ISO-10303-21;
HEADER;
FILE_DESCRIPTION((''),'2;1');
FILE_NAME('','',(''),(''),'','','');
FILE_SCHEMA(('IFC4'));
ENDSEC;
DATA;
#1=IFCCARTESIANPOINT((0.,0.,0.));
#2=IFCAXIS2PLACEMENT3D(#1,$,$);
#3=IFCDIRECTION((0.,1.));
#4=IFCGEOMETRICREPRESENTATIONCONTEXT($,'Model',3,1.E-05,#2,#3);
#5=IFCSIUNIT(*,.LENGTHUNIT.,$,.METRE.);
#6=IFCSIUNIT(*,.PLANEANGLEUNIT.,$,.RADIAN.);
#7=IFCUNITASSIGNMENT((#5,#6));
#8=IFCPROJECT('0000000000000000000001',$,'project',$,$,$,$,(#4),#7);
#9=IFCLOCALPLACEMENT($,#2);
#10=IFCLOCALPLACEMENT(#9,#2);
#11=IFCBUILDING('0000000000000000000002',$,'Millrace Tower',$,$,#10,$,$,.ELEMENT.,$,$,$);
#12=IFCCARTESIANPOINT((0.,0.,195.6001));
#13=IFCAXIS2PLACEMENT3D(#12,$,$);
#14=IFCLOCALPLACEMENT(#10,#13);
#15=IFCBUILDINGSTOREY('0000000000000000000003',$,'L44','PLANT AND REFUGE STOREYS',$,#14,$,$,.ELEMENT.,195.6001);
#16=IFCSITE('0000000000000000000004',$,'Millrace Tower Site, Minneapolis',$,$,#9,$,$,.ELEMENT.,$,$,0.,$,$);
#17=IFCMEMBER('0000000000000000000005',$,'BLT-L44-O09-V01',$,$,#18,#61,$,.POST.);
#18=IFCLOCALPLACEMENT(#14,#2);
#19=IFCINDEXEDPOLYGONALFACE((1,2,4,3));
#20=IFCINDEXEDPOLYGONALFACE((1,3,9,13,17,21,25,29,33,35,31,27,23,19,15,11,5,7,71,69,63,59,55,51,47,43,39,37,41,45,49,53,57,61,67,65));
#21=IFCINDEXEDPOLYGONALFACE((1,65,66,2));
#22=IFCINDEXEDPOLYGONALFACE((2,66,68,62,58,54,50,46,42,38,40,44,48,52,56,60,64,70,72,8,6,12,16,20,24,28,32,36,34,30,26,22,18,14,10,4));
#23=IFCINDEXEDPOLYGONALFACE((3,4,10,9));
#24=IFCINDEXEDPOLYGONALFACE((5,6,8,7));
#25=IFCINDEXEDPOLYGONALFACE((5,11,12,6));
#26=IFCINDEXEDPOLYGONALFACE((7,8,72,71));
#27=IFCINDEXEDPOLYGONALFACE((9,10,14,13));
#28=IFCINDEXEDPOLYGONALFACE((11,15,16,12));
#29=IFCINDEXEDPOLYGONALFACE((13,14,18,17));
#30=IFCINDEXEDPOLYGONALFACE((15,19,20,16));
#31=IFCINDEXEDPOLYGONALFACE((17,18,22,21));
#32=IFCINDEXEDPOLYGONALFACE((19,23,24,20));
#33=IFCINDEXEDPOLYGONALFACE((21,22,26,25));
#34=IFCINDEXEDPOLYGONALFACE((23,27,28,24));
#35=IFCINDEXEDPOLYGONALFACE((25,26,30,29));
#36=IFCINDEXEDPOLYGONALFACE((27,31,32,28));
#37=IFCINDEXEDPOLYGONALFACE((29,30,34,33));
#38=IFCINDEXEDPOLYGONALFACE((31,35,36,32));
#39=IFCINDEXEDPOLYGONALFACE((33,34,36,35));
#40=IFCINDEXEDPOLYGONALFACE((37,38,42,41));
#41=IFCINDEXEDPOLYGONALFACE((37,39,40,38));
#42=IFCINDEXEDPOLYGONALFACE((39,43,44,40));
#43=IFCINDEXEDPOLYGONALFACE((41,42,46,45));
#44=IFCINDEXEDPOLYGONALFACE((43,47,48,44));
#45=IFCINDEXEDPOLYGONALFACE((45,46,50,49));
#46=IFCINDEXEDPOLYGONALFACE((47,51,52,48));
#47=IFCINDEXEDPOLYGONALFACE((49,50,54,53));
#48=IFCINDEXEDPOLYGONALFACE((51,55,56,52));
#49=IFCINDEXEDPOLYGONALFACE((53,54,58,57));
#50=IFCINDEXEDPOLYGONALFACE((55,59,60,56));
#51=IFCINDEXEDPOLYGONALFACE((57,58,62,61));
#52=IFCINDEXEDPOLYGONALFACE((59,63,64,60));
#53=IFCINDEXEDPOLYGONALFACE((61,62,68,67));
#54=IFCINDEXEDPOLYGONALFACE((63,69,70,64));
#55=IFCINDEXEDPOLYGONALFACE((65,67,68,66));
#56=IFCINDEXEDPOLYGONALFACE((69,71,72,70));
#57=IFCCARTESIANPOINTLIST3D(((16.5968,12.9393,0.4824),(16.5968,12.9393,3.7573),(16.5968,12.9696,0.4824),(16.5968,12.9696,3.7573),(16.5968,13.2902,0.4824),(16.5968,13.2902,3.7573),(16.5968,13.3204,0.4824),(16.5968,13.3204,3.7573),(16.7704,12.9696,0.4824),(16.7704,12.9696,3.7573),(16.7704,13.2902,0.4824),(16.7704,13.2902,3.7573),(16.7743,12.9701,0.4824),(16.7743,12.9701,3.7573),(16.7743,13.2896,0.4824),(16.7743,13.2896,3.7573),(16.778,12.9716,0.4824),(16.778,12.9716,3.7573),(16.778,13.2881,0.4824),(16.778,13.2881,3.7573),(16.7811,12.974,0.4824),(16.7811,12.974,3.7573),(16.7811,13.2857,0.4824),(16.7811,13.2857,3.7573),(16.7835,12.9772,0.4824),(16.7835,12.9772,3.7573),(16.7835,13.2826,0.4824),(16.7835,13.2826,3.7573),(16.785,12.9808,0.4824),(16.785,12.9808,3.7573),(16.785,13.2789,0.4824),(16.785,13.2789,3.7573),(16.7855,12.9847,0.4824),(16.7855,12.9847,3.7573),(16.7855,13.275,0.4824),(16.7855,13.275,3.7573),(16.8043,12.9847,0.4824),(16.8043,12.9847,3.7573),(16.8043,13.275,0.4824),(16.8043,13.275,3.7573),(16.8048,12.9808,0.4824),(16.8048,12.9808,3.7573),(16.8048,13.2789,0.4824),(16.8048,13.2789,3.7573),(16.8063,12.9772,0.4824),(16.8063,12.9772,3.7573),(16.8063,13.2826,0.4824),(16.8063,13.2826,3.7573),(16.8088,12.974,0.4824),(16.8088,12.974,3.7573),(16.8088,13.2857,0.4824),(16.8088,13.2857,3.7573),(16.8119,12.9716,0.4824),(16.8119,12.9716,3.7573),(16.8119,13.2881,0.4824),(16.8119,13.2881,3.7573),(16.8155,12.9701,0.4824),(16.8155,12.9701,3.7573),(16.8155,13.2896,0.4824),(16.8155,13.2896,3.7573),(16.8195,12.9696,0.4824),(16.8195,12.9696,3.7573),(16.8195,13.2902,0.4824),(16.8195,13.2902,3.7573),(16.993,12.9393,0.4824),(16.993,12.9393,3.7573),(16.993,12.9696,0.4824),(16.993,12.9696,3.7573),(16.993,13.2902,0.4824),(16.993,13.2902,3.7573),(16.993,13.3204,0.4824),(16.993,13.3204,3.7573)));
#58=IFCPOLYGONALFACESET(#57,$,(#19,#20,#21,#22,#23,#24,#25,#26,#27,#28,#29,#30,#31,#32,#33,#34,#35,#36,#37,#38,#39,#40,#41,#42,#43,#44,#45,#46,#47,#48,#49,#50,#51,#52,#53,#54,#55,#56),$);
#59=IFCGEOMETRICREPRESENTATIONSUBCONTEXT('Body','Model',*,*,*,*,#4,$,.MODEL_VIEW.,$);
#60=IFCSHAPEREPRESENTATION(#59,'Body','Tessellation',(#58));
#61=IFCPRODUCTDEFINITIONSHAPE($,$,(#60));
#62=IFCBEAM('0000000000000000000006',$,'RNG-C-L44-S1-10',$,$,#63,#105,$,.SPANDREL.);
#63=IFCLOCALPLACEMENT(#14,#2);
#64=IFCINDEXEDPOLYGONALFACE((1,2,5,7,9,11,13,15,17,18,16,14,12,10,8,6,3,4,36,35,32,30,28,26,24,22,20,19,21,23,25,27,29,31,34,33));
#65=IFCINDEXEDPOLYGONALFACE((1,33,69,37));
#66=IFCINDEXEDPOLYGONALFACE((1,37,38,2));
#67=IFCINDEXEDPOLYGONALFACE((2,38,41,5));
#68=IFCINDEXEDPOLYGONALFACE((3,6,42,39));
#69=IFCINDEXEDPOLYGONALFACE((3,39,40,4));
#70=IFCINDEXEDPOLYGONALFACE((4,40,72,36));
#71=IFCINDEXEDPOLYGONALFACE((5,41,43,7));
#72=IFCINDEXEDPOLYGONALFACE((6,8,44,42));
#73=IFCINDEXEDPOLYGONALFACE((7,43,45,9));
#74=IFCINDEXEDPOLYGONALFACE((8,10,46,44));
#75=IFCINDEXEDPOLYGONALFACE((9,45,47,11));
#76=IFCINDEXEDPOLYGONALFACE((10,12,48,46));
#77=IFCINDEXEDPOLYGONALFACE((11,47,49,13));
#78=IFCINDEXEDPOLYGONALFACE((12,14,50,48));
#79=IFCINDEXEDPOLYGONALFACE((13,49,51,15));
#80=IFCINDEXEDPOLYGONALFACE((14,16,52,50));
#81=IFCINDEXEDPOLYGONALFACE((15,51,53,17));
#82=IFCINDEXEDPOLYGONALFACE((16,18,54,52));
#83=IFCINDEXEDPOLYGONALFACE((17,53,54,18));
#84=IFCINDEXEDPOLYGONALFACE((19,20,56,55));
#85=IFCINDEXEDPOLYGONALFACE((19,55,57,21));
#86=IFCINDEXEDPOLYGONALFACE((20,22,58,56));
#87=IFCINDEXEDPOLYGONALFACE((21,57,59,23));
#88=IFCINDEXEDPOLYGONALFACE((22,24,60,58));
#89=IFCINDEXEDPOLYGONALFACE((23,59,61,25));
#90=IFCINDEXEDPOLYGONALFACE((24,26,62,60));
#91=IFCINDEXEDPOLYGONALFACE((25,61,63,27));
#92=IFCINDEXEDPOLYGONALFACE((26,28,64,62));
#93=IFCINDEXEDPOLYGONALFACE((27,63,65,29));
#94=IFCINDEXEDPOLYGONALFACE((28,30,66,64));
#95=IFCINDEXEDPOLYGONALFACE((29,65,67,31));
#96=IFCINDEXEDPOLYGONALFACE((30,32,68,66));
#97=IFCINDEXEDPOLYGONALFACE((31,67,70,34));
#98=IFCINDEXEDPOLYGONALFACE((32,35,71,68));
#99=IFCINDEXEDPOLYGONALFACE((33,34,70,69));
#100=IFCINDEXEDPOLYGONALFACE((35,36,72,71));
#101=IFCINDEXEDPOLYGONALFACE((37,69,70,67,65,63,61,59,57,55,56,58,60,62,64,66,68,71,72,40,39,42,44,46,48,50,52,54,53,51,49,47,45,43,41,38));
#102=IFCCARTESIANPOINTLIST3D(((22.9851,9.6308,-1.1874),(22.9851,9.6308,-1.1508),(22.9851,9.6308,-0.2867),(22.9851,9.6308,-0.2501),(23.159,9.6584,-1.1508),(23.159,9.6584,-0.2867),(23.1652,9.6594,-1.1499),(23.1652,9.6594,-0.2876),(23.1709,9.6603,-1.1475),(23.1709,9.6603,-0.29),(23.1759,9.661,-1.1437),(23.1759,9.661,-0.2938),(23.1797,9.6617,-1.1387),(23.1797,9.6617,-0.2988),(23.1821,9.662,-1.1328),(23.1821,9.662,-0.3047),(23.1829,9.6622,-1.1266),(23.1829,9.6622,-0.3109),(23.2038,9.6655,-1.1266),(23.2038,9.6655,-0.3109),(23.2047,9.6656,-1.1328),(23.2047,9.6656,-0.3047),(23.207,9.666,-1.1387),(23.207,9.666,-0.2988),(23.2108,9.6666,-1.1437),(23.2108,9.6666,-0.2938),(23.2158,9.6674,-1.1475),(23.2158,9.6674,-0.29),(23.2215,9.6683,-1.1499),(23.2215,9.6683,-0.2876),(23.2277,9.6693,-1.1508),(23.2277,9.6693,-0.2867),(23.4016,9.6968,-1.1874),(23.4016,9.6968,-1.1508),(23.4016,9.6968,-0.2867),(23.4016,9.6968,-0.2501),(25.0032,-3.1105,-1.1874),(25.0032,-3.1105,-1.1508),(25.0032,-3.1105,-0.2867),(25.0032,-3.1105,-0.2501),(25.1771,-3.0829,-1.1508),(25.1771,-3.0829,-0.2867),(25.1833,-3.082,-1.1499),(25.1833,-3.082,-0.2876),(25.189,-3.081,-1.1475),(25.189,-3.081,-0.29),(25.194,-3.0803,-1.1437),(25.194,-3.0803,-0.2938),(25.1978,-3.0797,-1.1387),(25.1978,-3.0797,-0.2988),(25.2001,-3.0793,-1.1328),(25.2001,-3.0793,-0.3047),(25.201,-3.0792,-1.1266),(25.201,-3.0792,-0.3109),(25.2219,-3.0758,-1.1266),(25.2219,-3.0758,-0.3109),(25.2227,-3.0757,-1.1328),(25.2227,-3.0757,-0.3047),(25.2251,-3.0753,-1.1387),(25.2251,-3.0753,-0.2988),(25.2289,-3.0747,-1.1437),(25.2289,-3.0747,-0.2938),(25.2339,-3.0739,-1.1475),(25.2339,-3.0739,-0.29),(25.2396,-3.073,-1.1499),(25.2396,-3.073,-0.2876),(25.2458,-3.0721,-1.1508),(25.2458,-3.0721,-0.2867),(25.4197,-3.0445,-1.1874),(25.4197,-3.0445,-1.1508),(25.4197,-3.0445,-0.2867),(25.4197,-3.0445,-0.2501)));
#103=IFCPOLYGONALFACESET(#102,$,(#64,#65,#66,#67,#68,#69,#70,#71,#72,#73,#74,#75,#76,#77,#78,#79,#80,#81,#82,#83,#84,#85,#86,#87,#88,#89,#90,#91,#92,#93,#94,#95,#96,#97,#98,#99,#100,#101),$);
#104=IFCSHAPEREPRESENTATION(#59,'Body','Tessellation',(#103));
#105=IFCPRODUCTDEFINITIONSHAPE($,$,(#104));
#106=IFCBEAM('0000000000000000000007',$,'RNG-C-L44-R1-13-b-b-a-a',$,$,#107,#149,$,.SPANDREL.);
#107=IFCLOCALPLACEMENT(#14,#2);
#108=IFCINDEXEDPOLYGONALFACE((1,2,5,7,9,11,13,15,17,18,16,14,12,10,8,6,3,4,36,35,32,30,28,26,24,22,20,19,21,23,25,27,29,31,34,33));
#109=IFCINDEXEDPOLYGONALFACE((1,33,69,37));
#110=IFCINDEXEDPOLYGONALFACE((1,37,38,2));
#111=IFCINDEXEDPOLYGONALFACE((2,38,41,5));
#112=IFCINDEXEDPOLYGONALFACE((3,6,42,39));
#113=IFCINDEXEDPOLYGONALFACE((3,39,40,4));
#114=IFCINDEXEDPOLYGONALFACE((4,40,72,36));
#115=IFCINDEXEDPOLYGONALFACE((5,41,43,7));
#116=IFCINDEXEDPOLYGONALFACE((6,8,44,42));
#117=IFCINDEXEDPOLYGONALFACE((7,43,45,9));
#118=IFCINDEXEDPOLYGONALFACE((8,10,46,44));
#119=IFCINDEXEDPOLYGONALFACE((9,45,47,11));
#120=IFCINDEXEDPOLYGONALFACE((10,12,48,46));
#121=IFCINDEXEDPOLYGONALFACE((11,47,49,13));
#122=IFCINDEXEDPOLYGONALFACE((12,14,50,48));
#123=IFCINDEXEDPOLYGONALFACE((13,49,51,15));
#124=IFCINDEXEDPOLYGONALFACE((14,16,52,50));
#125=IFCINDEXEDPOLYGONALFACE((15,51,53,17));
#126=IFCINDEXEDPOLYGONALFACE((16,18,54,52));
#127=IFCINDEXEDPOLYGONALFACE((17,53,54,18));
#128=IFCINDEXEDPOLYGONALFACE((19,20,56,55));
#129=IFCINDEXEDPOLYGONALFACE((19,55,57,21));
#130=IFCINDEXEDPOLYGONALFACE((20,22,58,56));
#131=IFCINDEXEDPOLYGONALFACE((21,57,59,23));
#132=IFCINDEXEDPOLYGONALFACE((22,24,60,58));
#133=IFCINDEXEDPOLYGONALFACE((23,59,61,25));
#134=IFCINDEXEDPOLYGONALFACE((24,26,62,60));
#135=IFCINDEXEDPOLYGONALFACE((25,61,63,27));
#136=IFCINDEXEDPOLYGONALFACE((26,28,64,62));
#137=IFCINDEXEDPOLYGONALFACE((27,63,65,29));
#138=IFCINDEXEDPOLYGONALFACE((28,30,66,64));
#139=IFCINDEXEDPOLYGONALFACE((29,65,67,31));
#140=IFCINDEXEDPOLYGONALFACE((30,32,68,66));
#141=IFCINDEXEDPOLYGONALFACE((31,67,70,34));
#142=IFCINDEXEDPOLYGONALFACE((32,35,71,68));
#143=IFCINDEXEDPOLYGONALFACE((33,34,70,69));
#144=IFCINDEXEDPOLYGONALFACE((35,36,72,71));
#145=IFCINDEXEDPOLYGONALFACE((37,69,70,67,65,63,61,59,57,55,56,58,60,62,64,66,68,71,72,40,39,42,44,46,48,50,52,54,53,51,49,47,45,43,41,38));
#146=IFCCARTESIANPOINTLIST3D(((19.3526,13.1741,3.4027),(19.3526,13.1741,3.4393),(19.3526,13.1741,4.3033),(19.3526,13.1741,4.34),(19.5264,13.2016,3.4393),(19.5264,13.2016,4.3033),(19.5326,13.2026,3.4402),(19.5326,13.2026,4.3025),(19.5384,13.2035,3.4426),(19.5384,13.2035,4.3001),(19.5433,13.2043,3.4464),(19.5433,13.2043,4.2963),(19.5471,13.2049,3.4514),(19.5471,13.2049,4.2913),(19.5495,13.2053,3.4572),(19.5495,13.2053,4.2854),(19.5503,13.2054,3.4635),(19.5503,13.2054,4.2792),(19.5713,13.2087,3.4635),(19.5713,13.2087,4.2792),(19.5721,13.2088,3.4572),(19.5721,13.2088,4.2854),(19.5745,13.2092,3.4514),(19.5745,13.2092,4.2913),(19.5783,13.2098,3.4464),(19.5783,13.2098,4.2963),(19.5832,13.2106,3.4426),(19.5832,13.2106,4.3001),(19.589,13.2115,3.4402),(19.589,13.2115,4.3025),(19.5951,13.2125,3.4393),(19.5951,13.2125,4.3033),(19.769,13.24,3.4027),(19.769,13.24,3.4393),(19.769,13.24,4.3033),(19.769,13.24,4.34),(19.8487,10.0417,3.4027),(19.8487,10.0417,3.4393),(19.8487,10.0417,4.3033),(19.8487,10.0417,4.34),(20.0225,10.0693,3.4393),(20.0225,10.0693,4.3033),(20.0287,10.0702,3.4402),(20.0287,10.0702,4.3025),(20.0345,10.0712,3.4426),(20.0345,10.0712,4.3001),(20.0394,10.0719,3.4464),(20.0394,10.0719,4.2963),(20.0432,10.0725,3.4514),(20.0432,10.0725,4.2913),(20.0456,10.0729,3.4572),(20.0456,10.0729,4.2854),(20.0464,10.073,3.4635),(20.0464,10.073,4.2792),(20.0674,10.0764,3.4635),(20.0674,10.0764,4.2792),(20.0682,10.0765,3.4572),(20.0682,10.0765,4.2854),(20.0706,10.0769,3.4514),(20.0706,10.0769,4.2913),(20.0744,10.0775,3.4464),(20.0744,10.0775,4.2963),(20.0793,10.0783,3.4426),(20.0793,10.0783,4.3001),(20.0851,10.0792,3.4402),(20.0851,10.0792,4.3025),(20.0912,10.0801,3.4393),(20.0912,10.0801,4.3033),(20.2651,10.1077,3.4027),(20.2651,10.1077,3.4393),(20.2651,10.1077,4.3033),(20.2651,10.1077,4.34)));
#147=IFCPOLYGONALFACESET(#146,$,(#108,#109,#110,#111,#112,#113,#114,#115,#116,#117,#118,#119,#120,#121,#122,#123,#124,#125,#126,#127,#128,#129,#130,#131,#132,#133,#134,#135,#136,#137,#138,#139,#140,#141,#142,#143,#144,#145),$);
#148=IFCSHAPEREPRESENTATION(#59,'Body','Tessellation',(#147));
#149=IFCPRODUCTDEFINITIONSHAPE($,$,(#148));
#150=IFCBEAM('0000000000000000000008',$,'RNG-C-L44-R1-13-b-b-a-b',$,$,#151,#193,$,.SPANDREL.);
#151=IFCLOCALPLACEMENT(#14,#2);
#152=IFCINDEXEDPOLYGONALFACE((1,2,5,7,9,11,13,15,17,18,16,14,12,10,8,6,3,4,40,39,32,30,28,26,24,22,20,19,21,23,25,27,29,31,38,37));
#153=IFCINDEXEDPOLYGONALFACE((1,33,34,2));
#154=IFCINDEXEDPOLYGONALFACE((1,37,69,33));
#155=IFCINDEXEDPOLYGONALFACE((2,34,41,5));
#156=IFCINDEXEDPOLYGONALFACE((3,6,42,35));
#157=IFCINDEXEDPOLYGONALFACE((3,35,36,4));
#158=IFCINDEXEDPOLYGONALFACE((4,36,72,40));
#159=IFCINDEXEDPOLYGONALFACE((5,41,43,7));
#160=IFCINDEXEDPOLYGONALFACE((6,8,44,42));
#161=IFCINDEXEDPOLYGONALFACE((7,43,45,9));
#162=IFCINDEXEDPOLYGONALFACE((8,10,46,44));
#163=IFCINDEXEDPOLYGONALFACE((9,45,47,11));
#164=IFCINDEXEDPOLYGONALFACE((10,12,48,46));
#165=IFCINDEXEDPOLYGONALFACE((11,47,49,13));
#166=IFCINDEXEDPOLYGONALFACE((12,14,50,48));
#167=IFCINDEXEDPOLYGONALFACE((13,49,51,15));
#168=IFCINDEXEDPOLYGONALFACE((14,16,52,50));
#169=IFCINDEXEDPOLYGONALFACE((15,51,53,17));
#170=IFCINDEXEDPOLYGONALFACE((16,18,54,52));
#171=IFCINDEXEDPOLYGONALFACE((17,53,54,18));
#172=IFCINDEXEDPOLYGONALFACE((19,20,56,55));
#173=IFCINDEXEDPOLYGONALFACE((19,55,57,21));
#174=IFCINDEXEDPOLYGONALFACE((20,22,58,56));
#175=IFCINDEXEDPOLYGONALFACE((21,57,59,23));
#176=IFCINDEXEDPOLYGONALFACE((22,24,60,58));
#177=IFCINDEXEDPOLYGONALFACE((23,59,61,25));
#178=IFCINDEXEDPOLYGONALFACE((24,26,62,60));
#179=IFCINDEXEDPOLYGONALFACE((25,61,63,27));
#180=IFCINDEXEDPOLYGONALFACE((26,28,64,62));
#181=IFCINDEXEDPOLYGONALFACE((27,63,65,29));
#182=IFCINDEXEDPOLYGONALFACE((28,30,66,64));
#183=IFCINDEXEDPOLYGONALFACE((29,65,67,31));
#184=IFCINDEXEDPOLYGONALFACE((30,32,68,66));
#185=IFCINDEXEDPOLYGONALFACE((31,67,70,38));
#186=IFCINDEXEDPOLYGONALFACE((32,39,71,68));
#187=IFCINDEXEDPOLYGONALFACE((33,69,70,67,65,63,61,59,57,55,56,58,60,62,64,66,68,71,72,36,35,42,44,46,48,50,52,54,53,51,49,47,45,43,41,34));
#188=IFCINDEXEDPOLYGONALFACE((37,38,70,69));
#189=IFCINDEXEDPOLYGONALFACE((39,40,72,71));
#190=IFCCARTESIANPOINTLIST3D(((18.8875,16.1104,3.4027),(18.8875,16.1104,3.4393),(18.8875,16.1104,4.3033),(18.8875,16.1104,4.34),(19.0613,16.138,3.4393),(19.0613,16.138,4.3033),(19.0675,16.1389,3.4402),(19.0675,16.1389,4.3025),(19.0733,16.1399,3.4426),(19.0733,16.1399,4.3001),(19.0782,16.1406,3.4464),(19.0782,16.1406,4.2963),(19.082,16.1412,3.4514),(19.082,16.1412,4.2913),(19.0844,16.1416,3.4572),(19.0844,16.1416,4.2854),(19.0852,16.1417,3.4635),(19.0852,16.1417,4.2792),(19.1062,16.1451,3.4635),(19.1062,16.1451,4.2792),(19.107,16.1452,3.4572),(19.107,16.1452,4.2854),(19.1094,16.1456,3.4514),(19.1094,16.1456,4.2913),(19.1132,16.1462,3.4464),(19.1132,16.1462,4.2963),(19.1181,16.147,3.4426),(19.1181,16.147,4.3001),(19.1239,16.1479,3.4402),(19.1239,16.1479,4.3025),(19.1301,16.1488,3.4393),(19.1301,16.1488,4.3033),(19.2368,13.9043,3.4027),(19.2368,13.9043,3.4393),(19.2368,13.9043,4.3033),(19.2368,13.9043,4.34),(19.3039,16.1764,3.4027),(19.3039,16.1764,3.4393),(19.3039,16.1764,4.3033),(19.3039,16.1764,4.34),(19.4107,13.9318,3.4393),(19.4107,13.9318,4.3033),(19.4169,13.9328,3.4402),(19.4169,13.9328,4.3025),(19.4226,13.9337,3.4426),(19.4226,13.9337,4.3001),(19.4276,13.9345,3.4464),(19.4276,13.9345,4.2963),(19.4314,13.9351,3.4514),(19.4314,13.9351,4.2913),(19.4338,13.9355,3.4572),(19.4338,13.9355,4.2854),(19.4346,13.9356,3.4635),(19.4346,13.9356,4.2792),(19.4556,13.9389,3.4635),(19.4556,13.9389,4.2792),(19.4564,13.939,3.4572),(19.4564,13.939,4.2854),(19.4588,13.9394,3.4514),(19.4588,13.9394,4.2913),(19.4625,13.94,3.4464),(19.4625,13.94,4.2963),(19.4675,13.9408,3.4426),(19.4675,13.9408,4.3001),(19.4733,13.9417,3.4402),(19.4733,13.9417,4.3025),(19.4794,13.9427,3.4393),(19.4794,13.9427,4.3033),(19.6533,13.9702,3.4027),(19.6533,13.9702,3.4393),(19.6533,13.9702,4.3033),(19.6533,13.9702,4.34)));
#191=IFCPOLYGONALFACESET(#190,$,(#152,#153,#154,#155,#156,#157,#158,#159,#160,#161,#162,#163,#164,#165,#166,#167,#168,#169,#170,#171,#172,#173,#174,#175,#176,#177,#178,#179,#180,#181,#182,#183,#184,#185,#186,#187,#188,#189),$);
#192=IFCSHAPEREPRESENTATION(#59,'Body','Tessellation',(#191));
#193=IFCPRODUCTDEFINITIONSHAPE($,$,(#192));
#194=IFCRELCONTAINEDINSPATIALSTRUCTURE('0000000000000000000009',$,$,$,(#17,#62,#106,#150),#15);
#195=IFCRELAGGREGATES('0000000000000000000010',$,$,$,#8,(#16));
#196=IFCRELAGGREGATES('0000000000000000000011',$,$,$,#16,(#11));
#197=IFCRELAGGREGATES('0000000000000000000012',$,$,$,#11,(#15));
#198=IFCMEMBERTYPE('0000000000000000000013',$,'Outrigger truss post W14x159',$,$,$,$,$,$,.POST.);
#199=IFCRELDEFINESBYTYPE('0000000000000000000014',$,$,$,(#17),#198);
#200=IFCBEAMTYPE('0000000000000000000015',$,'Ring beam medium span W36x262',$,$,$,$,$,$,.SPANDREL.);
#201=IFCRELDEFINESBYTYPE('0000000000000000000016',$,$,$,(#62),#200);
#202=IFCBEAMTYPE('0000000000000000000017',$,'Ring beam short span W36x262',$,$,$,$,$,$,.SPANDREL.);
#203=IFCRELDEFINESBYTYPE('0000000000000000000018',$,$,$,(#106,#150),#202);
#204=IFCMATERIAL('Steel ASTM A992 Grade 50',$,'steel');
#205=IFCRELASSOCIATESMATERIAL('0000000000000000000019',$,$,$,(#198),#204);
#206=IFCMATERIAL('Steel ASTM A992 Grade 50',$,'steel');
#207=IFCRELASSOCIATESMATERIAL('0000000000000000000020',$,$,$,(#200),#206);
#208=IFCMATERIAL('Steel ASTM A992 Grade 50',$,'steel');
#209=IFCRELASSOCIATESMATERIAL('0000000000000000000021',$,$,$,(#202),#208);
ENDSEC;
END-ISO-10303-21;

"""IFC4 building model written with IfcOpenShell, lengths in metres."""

from ifc_helpers import new_model, si_unit, direction, frame, origin, origin_2d, place, context, subcontext, project, spatial, i_section, extrude, material, material_profile, profile_set, type_object, element, save


model = new_model("IFC4")

# Units and contexts
model_context = context("Model", 3, precision=1e-05, world=origin(), true_north=direction((0.0, 1.0)))
body_context = subcontext(model_context, "Body", "Model", "MODEL_VIEW")
ifc_project = project(units=[si_unit("LENGTHUNIT", "METRE"), si_unit("PLANEANGLEUNIT", "RADIAN")], contexts=[model_context])

# Site, building, storey
site_placement = place(None, origin())
site = spatial("IfcSite", under=ifc_project, at=site_placement, Name="Millrace Tower Site, Minneapolis", CompositionType="ELEMENT", RefElevation=0.0)
building_placement = place(site_placement, origin())
building = spatial("IfcBuilding", under=site, at=building_placement, Name="Millrace Tower", CompositionType="ELEMENT")
storey_placement = place(building_placement, frame((0.0, 0.0, 195.6001)))
storey = spatial("IfcBuildingStorey", under=building, at=storey_placement, Name="L44", Description="PLANT AND REFUGE STOREYS", CompositionType="ELEMENT", Elevation=195.6001)

# Member
ifc_material_1 = material(Name="Steel ASTM A992 Grade 50", Category="steel")
ifc_material_profile_1 = material_profile(ifc_material_1, i_section(OverallWidth=0.3962, OverallDepth=0.3811, WebThickness=0.0188, FlangeThickness=0.0303, FilletRadius=0.0151, at=origin_2d()))
ifc_profile_set_1 = profile_set([ifc_material_profile_1], Name="Steel ASTM A992 Grade 50")
member_type_1 = type_object("IfcMemberType", Name="Outrigger truss post W14x159", PredefinedType="POST", material=ifc_profile_set_1)
for number, where, z_axis, x_axis, name in (
    (1, (16.7949, 13.1299, 0.4824), (0.0, 0.0, 1.0), (1.0, 0.0, 0.0), "BLT-L44-O09-V01"),
):
    element("IfcMember", number, at=place(storey_placement, frame(where, z_axis=z_axis, x_axis=x_axis)), inside=storey, type_object=member_type_1, Name=name, PredefinedType="POST", context=body_context, shape_type="SweptSolid", body=[
        extrude(i_section(OverallWidth=0.3962, OverallDepth=0.3811, WebThickness=0.0188, FlangeThickness=0.0303, FilletRadius=0.0151, at=origin_2d()), origin(), (0.0, 0.0, 1.0), 3.2749),
    ])

# Beams
ifc_material_2 = material(Name="Steel ASTM A992 Grade 50", Category="steel")
ifc_material_profile_2 = material_profile(ifc_material_2, i_section(OverallWidth=0.4216, OverallDepth=0.9373, WebThickness=0.0212, FlangeThickness=0.0366, FilletRadius=0.0242, at=origin_2d()))
ifc_profile_set_2 = profile_set([ifc_material_profile_2], Name="Steel ASTM A992 Grade 50")
beam_type_1 = type_object("IfcBeamType", Name="Ring beam medium span W36x262", PredefinedType="SPANDREL", material=ifc_profile_set_2)
beam_1_placement = place(storey_placement, frame((23.1934, 9.6638, -0.7188), z_axis=(0.156439, -0.987688, 0.0), x_axis=(0.987688, 0.156439, 0.0)))
element("IfcBeam", 2, at=beam_1_placement, inside=storey, type_object=beam_type_1, Name="RNG-C-L44-S1-10", PredefinedType="SPANDREL", context=body_context, shape_type="SweptSolid", body=[
    extrude(i_section(OverallWidth=0.4216, OverallDepth=0.9373, WebThickness=0.0212, FlangeThickness=0.0366, FilletRadius=0.0242, at=origin_2d()), origin(), (0.0, 0.0, 1.0), 12.9001),
])
ifc_material_3 = material(Name="Steel ASTM A992 Grade 50", Category="steel")
ifc_material_profile_3 = material_profile(ifc_material_3, i_section(OverallWidth=0.4216, OverallDepth=0.9373, WebThickness=0.0212, FlangeThickness=0.0366, FilletRadius=0.0242, at=origin_2d()))
ifc_profile_set_3 = profile_set([ifc_material_profile_3], Name="Steel ASTM A992 Grade 50")
beam_type_2 = type_object("IfcBeamType", Name="Ring beam short span W36x262", PredefinedType="SPANDREL", material=ifc_profile_set_3)
beam_2_placement = place(storey_placement, frame((20.0569, 10.0747, 3.8713), z_axis=(-0.156429, 0.987689, 0.0), x_axis=(-0.987689, -0.156429, 0.0)))
element("IfcBeam", 3, at=beam_2_placement, inside=storey, type_object=beam_type_2, Name="RNG-C-L44-R1-13-b-b-a-a", PredefinedType="SPANDREL", context=body_context, shape_type="SweptSolid", body=[
    extrude(i_section(OverallWidth=0.4216, OverallDepth=0.9373, WebThickness=0.0212, FlangeThickness=0.0366, FilletRadius=0.0242, at=origin_2d()), origin(), (0.0, 0.0, 1.0), 3.1714),
])
beam_3_placement = place(storey_placement, frame((19.4451, 13.9373, 3.8713), z_axis=(-0.156417, 0.987691, 0.0), x_axis=(-0.987691, -0.156417, 0.0)))
element("IfcBeam", 4, at=beam_3_placement, inside=storey, type_object=beam_type_2, Name="RNG-C-L44-R1-13-b-b-a-b", PredefinedType="SPANDREL", context=body_context, shape_type="SweptSolid", body=[
    extrude(i_section(OverallWidth=0.4216, OverallDepth=0.9373, WebThickness=0.0212, FlangeThickness=0.0366, FilletRadius=0.0242, at=origin_2d()), origin(), (0.0, 0.0, 1.0), 2.2336),
])

save(model, "model.ifc")
